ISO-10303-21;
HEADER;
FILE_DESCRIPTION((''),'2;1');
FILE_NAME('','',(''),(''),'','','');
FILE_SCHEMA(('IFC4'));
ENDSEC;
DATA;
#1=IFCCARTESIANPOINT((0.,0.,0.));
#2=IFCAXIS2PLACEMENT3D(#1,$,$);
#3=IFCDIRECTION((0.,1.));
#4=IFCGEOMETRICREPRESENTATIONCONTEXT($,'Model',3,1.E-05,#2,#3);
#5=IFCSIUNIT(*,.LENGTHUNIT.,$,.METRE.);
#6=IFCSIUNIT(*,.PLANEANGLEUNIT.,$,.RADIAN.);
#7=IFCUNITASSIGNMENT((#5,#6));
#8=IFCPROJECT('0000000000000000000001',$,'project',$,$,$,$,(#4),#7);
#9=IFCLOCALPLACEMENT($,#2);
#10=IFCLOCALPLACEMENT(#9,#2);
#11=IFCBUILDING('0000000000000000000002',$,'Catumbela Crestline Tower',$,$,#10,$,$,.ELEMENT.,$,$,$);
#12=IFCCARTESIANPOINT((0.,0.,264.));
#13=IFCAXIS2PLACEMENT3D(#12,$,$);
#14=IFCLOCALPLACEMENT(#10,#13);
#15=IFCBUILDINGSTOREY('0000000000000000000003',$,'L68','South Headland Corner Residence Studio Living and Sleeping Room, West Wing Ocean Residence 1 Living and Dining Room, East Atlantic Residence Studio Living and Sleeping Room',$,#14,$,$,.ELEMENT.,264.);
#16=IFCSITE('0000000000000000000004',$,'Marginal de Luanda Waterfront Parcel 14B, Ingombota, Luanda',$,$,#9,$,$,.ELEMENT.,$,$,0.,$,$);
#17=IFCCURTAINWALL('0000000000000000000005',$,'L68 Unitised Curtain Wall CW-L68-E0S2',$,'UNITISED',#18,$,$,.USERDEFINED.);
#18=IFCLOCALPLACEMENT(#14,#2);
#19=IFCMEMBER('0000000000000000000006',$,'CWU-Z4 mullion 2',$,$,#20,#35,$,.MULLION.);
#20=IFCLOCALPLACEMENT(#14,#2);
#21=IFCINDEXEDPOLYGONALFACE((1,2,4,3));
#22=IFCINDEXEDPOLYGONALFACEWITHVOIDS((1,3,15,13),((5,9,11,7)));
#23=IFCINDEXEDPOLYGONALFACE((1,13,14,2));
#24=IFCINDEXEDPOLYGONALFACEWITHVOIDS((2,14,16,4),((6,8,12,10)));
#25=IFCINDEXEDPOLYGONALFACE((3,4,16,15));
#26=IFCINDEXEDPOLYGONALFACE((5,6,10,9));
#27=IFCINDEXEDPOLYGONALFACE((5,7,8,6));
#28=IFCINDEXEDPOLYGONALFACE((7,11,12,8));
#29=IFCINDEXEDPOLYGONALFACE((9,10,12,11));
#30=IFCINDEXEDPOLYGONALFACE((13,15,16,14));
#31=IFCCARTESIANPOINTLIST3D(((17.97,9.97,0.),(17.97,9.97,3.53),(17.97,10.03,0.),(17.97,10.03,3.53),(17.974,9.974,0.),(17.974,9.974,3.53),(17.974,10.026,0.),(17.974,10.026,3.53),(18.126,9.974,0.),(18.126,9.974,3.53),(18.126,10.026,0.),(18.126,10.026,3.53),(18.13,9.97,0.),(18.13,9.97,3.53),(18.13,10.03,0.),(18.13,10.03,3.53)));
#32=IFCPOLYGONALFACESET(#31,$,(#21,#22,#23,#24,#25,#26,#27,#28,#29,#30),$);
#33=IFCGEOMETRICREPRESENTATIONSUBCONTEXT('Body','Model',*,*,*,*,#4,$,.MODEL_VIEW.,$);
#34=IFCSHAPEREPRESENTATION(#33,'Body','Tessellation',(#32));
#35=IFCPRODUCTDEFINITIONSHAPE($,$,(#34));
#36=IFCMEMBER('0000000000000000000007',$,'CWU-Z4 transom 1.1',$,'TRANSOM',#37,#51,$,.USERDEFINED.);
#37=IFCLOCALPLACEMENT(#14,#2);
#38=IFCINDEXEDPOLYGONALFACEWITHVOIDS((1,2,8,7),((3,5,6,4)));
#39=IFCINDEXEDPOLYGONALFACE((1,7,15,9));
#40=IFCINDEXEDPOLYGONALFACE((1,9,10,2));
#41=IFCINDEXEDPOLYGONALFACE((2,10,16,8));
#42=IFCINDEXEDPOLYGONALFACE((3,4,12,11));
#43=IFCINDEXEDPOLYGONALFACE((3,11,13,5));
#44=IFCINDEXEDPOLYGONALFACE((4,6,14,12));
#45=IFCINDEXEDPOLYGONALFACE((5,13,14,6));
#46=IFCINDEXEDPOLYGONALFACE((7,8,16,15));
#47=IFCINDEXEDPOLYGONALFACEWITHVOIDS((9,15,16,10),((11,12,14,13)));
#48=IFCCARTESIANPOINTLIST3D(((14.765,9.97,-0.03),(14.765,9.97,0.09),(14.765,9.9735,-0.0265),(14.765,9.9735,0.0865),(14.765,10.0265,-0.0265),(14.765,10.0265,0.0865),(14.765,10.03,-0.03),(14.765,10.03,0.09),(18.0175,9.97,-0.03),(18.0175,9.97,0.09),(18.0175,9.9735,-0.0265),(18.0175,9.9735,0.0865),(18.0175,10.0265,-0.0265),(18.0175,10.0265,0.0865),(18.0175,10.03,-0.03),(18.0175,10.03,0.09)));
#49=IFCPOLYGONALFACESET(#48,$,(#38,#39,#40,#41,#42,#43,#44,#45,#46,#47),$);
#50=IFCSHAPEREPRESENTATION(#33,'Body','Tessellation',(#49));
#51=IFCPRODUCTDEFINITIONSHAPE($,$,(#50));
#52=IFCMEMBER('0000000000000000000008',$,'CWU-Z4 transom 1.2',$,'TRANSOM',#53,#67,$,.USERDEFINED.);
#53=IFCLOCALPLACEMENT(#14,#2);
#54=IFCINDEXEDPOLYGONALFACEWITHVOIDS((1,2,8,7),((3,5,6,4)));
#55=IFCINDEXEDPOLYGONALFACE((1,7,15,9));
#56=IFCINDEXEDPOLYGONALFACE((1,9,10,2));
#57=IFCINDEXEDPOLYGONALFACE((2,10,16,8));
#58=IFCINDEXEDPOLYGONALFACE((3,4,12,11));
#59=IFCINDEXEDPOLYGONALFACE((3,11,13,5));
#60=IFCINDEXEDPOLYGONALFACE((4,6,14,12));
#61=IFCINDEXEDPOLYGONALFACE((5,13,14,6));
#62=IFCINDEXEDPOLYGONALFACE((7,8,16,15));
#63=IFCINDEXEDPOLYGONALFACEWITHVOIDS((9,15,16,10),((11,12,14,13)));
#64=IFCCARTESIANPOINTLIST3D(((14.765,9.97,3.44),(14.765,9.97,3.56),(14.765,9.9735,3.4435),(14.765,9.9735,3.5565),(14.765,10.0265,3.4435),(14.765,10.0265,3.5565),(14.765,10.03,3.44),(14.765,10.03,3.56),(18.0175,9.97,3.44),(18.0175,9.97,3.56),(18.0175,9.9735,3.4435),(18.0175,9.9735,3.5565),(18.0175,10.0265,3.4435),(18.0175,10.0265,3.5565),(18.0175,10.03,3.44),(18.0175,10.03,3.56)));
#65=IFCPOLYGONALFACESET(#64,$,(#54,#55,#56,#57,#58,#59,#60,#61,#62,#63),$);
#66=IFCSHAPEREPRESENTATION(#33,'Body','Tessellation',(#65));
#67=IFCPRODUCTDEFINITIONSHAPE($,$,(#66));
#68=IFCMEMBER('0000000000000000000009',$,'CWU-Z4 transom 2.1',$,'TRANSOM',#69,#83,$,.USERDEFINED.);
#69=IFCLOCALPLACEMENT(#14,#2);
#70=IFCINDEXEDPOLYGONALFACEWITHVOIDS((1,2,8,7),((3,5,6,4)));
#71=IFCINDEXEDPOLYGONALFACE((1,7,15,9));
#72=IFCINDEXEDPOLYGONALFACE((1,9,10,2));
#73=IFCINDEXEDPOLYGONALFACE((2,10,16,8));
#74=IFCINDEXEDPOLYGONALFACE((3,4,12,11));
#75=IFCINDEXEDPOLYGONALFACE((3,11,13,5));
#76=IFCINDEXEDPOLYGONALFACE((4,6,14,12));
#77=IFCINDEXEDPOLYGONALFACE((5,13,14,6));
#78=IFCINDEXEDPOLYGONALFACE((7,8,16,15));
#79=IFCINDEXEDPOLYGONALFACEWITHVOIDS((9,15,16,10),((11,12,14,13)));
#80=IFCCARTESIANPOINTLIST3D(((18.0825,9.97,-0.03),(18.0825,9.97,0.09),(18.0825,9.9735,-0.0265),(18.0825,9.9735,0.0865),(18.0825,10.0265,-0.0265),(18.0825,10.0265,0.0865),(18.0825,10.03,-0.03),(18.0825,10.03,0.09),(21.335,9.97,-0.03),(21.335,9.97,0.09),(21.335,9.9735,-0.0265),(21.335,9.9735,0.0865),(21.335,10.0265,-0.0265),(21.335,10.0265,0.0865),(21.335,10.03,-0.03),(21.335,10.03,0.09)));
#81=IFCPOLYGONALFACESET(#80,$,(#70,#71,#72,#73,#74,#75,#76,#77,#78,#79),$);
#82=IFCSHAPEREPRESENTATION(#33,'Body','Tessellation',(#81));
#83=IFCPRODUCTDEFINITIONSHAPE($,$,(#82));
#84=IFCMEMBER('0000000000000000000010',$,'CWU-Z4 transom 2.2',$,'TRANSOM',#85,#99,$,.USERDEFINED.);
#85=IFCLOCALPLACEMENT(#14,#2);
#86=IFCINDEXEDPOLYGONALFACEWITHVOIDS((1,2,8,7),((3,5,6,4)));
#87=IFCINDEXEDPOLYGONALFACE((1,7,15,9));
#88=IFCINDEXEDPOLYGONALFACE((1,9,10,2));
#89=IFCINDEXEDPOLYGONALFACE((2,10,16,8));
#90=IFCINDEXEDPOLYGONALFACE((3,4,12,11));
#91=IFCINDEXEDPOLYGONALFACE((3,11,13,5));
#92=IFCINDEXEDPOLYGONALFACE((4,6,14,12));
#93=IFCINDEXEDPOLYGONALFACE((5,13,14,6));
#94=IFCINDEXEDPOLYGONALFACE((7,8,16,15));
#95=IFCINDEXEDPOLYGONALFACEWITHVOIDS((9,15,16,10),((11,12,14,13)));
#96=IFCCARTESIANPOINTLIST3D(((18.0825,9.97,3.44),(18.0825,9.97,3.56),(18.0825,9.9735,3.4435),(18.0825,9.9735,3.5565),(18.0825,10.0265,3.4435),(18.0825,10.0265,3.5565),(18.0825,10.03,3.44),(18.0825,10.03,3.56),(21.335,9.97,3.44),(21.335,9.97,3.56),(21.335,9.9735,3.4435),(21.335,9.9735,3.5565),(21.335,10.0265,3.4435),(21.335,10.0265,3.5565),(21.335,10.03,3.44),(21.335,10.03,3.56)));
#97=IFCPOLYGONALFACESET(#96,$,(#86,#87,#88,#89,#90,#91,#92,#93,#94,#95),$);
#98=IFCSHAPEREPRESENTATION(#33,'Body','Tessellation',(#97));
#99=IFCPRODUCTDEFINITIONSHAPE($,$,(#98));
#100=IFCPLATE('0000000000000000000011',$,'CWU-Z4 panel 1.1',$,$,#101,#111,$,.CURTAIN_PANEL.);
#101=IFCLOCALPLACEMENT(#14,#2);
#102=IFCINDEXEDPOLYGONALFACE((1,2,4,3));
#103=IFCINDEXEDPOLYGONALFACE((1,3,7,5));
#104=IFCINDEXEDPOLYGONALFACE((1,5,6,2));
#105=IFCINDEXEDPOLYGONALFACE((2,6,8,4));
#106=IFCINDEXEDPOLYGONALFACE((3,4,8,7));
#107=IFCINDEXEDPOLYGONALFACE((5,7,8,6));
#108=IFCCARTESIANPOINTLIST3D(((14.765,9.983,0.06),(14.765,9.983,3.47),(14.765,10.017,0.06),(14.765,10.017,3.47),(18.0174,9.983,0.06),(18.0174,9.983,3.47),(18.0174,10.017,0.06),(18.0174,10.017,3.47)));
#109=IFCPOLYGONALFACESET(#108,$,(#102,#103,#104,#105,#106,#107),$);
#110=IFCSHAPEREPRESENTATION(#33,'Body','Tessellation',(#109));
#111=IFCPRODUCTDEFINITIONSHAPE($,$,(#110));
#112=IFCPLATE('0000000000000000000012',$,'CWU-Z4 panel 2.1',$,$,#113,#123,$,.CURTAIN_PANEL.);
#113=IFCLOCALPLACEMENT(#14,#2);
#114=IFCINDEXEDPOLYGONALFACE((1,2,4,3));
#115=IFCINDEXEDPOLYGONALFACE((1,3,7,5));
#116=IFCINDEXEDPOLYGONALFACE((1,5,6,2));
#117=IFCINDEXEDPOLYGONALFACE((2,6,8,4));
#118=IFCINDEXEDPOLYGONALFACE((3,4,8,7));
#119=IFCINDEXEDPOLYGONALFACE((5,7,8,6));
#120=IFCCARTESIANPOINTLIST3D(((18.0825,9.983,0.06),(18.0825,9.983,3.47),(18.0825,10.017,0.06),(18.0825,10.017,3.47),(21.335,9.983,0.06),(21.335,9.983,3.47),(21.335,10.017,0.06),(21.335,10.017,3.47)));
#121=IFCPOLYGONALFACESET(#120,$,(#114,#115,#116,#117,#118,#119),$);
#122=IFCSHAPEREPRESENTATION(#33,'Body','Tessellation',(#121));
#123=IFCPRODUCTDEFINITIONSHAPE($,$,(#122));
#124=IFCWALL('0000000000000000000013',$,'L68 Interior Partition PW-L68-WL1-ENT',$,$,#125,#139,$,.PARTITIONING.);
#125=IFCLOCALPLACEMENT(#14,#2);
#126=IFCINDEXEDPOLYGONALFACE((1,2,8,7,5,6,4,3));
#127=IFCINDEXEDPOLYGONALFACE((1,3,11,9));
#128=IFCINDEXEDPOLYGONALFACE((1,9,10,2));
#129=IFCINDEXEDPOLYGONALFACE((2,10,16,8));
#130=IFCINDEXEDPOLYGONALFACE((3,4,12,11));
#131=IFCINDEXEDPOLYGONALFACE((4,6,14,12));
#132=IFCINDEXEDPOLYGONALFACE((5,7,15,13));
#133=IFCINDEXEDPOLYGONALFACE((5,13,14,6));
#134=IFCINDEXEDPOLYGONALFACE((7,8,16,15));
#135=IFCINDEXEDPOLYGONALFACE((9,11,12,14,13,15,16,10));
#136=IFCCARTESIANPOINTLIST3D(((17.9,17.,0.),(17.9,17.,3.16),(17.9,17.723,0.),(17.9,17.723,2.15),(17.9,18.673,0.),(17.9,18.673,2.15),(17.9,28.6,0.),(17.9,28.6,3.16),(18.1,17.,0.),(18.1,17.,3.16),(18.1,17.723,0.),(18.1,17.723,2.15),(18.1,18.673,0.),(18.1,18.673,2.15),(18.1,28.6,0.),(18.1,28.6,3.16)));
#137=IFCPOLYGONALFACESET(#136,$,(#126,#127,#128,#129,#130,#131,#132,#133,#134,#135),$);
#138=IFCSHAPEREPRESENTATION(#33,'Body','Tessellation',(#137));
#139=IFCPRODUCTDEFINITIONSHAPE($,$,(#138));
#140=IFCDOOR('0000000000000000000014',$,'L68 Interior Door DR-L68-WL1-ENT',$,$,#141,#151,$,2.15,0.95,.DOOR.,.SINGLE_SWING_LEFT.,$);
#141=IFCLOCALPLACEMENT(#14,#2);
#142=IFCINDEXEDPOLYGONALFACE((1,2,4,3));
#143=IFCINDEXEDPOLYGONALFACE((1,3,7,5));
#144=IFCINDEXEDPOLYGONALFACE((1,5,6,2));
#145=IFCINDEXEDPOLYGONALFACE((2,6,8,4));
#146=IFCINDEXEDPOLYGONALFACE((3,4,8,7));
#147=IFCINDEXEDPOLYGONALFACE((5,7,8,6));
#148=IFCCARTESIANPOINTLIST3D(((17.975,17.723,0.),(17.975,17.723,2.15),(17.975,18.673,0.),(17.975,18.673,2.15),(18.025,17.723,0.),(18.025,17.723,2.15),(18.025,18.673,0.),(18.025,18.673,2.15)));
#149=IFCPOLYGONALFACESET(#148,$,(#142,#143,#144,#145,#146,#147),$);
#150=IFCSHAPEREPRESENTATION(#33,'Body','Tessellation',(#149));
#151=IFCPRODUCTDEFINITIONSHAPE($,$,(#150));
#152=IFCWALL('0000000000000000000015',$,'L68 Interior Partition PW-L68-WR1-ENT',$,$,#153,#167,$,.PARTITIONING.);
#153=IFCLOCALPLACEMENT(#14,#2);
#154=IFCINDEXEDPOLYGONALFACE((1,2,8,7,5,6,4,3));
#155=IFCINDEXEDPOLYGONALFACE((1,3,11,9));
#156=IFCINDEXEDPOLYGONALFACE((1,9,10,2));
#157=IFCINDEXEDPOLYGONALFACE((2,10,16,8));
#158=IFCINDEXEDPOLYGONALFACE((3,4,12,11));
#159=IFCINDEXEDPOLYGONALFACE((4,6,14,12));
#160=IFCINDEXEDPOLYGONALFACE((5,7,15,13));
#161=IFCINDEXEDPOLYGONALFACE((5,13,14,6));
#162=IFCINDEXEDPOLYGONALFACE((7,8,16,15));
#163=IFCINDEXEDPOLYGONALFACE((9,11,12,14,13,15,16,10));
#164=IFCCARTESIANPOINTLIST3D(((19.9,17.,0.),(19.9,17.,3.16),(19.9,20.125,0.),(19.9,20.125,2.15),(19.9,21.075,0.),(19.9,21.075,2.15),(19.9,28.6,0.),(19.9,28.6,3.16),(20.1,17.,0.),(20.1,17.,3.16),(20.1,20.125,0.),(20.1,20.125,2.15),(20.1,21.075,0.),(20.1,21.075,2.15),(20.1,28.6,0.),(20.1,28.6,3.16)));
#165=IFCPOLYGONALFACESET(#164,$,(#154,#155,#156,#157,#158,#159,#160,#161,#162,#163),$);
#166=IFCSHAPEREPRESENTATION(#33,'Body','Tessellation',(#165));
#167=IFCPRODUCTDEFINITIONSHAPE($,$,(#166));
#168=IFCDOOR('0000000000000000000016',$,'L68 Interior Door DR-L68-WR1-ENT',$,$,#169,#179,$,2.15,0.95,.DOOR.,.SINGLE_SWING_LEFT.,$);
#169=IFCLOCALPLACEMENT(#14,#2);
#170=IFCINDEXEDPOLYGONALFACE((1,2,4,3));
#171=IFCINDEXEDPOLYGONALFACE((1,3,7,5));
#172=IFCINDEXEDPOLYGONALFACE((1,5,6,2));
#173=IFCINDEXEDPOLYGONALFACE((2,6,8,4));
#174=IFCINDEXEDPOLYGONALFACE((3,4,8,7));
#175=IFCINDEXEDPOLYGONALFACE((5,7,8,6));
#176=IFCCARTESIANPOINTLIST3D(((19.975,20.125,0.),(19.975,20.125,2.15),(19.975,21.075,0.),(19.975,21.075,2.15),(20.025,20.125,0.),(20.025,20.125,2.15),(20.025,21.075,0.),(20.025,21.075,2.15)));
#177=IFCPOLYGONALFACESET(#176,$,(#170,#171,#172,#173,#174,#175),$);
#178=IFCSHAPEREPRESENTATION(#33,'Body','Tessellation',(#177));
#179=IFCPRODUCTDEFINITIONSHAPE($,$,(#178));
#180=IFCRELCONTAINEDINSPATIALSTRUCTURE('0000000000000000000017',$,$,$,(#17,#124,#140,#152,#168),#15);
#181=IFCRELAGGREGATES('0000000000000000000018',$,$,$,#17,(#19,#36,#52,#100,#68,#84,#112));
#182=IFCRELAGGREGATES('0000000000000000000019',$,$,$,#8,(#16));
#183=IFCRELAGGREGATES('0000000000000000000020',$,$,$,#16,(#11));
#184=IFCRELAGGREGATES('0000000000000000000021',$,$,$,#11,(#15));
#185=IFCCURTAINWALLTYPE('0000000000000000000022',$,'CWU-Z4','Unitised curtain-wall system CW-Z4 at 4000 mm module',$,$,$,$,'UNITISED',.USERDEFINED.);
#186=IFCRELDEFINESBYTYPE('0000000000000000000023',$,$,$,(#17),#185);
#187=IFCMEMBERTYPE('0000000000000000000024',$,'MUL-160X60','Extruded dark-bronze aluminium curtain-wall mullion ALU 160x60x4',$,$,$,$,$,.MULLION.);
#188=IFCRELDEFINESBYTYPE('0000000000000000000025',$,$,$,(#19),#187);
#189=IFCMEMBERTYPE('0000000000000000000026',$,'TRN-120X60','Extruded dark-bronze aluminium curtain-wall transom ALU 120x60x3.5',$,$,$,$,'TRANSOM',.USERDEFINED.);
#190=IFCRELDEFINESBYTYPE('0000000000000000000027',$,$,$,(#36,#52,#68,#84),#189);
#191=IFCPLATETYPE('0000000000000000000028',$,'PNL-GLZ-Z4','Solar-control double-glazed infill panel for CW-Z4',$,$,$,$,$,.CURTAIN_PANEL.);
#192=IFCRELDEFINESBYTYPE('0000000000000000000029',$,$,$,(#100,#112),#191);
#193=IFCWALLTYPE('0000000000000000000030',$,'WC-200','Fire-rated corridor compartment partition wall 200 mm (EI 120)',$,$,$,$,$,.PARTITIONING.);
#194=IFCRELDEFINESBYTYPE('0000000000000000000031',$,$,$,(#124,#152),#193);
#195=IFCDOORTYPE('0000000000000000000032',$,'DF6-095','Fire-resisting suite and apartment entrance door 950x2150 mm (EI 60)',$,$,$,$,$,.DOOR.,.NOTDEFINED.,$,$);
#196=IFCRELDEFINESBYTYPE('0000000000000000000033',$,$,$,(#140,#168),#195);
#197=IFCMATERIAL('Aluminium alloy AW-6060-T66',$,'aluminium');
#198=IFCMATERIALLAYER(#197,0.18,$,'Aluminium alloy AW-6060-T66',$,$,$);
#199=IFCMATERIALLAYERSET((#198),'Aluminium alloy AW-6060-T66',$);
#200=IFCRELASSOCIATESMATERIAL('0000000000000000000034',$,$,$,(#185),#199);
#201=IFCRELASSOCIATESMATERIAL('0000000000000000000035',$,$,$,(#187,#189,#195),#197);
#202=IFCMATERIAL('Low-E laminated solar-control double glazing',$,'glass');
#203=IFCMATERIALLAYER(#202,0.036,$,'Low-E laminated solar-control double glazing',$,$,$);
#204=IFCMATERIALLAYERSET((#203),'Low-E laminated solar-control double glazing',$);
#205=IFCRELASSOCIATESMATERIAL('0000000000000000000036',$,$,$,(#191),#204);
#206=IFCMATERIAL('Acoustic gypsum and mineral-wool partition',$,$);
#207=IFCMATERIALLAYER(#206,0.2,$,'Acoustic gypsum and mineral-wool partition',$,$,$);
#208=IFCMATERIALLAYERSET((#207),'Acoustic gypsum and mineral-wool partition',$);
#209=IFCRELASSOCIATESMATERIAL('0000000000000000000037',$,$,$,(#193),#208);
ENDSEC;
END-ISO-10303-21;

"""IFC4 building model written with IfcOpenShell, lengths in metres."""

from ifc_helpers import new_model, si_unit, direction, frame, frame_2d, origin, origin_2d, place, context, subcontext, project, spatial, rectangle, hollow_rectangle, extrude, material, layer, layer_set, material_profile, profile_set, type_object, element, fill, aggregate, save


model = new_model("IFC4")

# Units and contexts
model_context = context("Model", 3, precision=1e-05, world=origin(), true_north=direction((0.0, 1.0)))
body_context = subcontext(model_context, "Body", "Model", "MODEL_VIEW")
ifc_project = project(units=[si_unit("LENGTHUNIT", "METRE"), si_unit("PLANEANGLEUNIT", "RADIAN")], contexts=[model_context])

# Site, building, storey
site_placement = place(None, origin())
site = spatial("IfcSite", under=ifc_project, at=site_placement, Name="Marginal de Luanda Waterfront Parcel 14B, Ingombota, Luanda", CompositionType="ELEMENT", RefElevation=0.0)
building_placement = place(site_placement, origin())
building = spatial("IfcBuilding", under=site, at=building_placement, Name="Catumbela Crestline Tower", CompositionType="ELEMENT")
storey_placement = place(building_placement, frame((0.0, 0.0, 264.0)))
storey = spatial("IfcBuildingStorey", under=building, at=storey_placement, Name="L68", Description="South Headland Corner Residence Studio Living and Sleeping Room, West Wing Ocean Residence 1 Living and Dining Room, East Atlantic Residence Studio Living and Sleeping Room", CompositionType="ELEMENT", Elevation=264.0)

# Curtain wall, members, plates
ifc_material_1 = material(Name="Aluminium alloy AW-6060-T66", Category="aluminium")
ifc_layer_1 = layer(ifc_material_1, 0.18, Name="Aluminium alloy AW-6060-T66")
ifc_layer_set_1 = layer_set([ifc_layer_1], Name="Aluminium alloy AW-6060-T66")
curtain_wall_type = type_object("IfcCurtainWallType", Name="CWU-Z4", Description="Unitised curtain-wall system CW-Z4 at 4000 mm module", ElementType="UNITISED", PredefinedType="USERDEFINED", material=ifc_layer_set_1)
curtain_wall_placement = place(storey_placement, origin())
curtain_wall = element("IfcCurtainWall", 1, at=curtain_wall_placement, inside=storey, type_object=curtain_wall_type, Name="L68 Unitised Curtain Wall CW-L68-E0S2", ObjectType="UNITISED", PredefinedType="USERDEFINED")
ifc_material_profile_1 = material_profile(ifc_material_1, hollow_rectangle(XDim=0.06, YDim=0.16, WallThickness=0.004, at=origin_2d()), Name="ALU 160x60x4")
ifc_profile_set_1 = profile_set([ifc_material_profile_1], Name="Aluminium alloy AW-6060-T66")
member_type_1 = type_object("IfcMemberType", Name="MUL-160X60", Description="Extruded dark-bronze aluminium curtain-wall mullion ALU 160x60x4", PredefinedType="MULLION", material=ifc_profile_set_1)
member_1_placement = place(storey_placement, frame((18.05, 10.0, 0.0), z_axis=(0.0, 0.0, 1.0), x_axis=(0.0, 1.0, 0.0)))
member_1 = element("IfcMember", 2, at=member_1_placement, type_object=member_type_1, Name="CWU-Z4 mullion 2", PredefinedType="MULLION", context=body_context, shape_type="SweptSolid", body=[
    extrude(hollow_rectangle(XDim=0.06, YDim=0.16, WallThickness=0.004, at=origin_2d()), origin(), (0.0, 0.0, 1.0), 3.53),
])
ifc_material_profile_2 = material_profile(ifc_material_1, hollow_rectangle(XDim=0.06, YDim=0.12, WallThickness=0.0035, at=origin_2d()), Name="ALU 120x60x3.5")
ifc_profile_set_2 = profile_set([ifc_material_profile_2], Name="Aluminium alloy AW-6060-T66")
member_type_2 = type_object("IfcMemberType", Name="TRN-120X60", Description="Extruded dark-bronze aluminium curtain-wall transom ALU 120x60x3.5", ElementType="TRANSOM", PredefinedType="USERDEFINED", material=ifc_profile_set_2)
member_2_placement = place(storey_placement, frame((14.765, 10.0, 0.03), z_axis=(1.0, 0.0, 0.0), x_axis=(0.0, 1.0, 0.0)))
member_2 = element("IfcMember", 3, at=member_2_placement, type_object=member_type_2, Name="CWU-Z4 transom 1.1", ObjectType="TRANSOM", PredefinedType="USERDEFINED", context=body_context, shape_type="SweptSolid", body=[
    extrude(hollow_rectangle(XDim=0.06, YDim=0.12, WallThickness=0.0035, at=origin_2d()), origin(), (0.0, 0.0, 1.0), 3.2525),
])
member_3_placement = place(storey_placement, frame((14.765, 10.0, 3.5), z_axis=(1.0, 0.0, 0.0), x_axis=(0.0, 1.0, 0.0)))
member_3 = element("IfcMember", 4, at=member_3_placement, type_object=member_type_2, Name="CWU-Z4 transom 1.2", ObjectType="TRANSOM", PredefinedType="USERDEFINED", context=body_context, shape_type="SweptSolid", body=[
    extrude(hollow_rectangle(XDim=0.06, YDim=0.12, WallThickness=0.0035, at=origin_2d()), origin(), (0.0, 0.0, 1.0), 3.2525),
])
member_4_placement = place(storey_placement, frame((18.0825, 10.0, 0.03), z_axis=(1.0, 0.0, 0.0), x_axis=(0.0, 1.0, 0.0)))
member_4 = element("IfcMember", 5, at=member_4_placement, type_object=member_type_2, Name="CWU-Z4 transom 2.1", ObjectType="TRANSOM", PredefinedType="USERDEFINED", context=body_context, shape_type="SweptSolid", body=[
    extrude(hollow_rectangle(XDim=0.06, YDim=0.12, WallThickness=0.0035, at=origin_2d()), origin(), (0.0, 0.0, 1.0), 3.2525),
])
member_5_placement = place(storey_placement, frame((18.0825, 10.0, 3.5), z_axis=(1.0, 0.0, 0.0), x_axis=(0.0, 1.0, 0.0)))
member_5 = element("IfcMember", 6, at=member_5_placement, type_object=member_type_2, Name="CWU-Z4 transom 2.2", ObjectType="TRANSOM", PredefinedType="USERDEFINED", context=body_context, shape_type="SweptSolid", body=[
    extrude(hollow_rectangle(XDim=0.06, YDim=0.12, WallThickness=0.0035, at=origin_2d()), origin(), (0.0, 0.0, 1.0), 3.2525),
])
ifc_material_2 = material(Name="Low-E laminated solar-control double glazing", Category="glass")
ifc_layer_2 = layer(ifc_material_2, 0.036, Name="Low-E laminated solar-control double glazing")
ifc_layer_set_2 = layer_set([ifc_layer_2], Name="Low-E laminated solar-control double glazing")
plate_type = type_object("IfcPlateType", Name="PNL-GLZ-Z4", Description="Solar-control double-glazed infill panel for CW-Z4", PredefinedType="CURTAIN_PANEL", material=ifc_layer_set_2)
plate_1_placement = place(storey_placement, frame((16.3912, 10.0, 0.06), z_axis=(0.0, 0.0, 1.0), x_axis=(1.0, 0.0, 0.0)))
plate_1 = element("IfcPlate", 7, at=plate_1_placement, type_object=plate_type, Name="CWU-Z4 panel 1.1", PredefinedType="CURTAIN_PANEL", context=body_context, shape_type="SweptSolid", body=[
    extrude(rectangle(XDim=3.2525, YDim=0.034, at=origin_2d()), origin(), (0.0, 0.0, 1.0), 3.41),
])
plate_2_placement = place(storey_placement, frame((19.7087, 10.0, 0.06), z_axis=(0.0, 0.0, 1.0), x_axis=(1.0, 0.0, 0.0)))
plate_2 = element("IfcPlate", 8, at=plate_2_placement, type_object=plate_type, Name="CWU-Z4 panel 2.1", PredefinedType="CURTAIN_PANEL", context=body_context, shape_type="SweptSolid", body=[
    extrude(rectangle(XDim=3.2525, YDim=0.034, at=origin_2d()), origin(), (0.0, 0.0, 1.0), 3.41),
])
aggregate(curtain_wall, [member_1, member_2, member_3, plate_1, member_4, member_5, plate_2])

# Walls, openings, doors
ifc_material_3 = material(Name="Acoustic gypsum and mineral-wool partition")
ifc_layer_3 = layer(ifc_material_3, 0.2, Name="Acoustic gypsum and mineral-wool partition")
ifc_layer_set_3 = layer_set([ifc_layer_3], Name="Acoustic gypsum and mineral-wool partition")
wall_type_1 = type_object("IfcWallType", Name="WC-200", Description="Fire-rated corridor compartment partition wall 200 mm (EI 120)", PredefinedType="PARTITIONING", material=ifc_layer_set_3)
wall_1_placement = place(storey_placement, frame((18.0, 17.0, 0.0), z_axis=(0.0, 0.0, 1.0), x_axis=(0.0, 1.0, 0.0)))
wall_1 = element("IfcWall", 9, at=wall_1_placement, inside=storey, type_object=wall_type_1, Name="L68 Interior Partition PW-L68-WL1-ENT", PredefinedType="PARTITIONING", context=body_context, shape_type="SweptSolid", body=[
    extrude(rectangle(XDim=11.6, YDim=0.2, at=frame_2d((5.8, 0.0))), origin(), (0.0, 0.0, 1.0), 3.16),
])
opening_1_placement = place(wall_1_placement, frame((0.723, 0.0, 0.0)))
opening_1 = element("IfcOpeningElement", 10, at=opening_1_placement, cuts=wall_1, PredefinedType="OPENING", context=body_context, shape_type="SweptSolid", body=[
    extrude(rectangle(XDim=0.95, YDim=2.15, at=frame_2d((0.475, 1.075))), frame((0.0, 0.11, 0.0), z_axis=(0.0, -1.0, 0.0), x_axis=(1.0, 0.0, 0.0)), (0.0, 0.0, 1.0), 0.22),
])
door_type_1 = type_object("IfcDoorType", Name="DF6-095", Description="Fire-resisting suite and apartment entrance door 950x2150 mm (EI 60)", OperationType="NOTDEFINED", PredefinedType="DOOR", material=ifc_material_1)
door_1_placement = place(opening_1_placement, origin())
door_1 = element("IfcDoor", 11, at=door_1_placement, inside=storey, type_object=door_type_1, Name="L68 Interior Door DR-L68-WL1-ENT", OperationType="SINGLE_SWING_LEFT", OverallHeight=2.15, OverallWidth=0.95, PredefinedType="DOOR", context=body_context, shape_type="SweptSolid", body=[
    extrude(rectangle(XDim=0.95, YDim=2.15, at=frame_2d((0.475, 1.075))), frame((0.0, 0.025, 0.0), z_axis=(0.0, -1.0, 0.0), x_axis=(1.0, 0.0, 0.0)), (0.0, 0.0, 1.0), 0.05),
])
fill(opening_1, door_1)
wall_2_placement = place(storey_placement, frame((20.0, 17.0, 0.0), z_axis=(0.0, 0.0, 1.0), x_axis=(0.0, 1.0, 0.0)))
wall_2 = element("IfcWall", 12, at=wall_2_placement, inside=storey, type_object=wall_type_1, Name="L68 Interior Partition PW-L68-WR1-ENT", PredefinedType="PARTITIONING", context=body_context, shape_type="SweptSolid", body=[
    extrude(rectangle(XDim=11.6, YDim=0.2, at=frame_2d((5.8, 0.0))), origin(), (0.0, 0.0, 1.0), 3.16),
])
opening_2_placement = place(wall_2_placement, frame((3.125, 0.0, 0.0)))
opening_2 = element("IfcOpeningElement", 13, at=opening_2_placement, cuts=wall_2, PredefinedType="OPENING", context=body_context, shape_type="SweptSolid", body=[
    extrude(rectangle(XDim=0.95, YDim=2.15, at=frame_2d((0.475, 1.075))), frame((0.0, 0.11, 0.0), z_axis=(0.0, -1.0, 0.0), x_axis=(1.0, 0.0, 0.0)), (0.0, 0.0, 1.0), 0.22),
])
door_2_placement = place(opening_2_placement, origin())
door_2 = element("IfcDoor", 14, at=door_2_placement, inside=storey, type_object=door_type_1, Name="L68 Interior Door DR-L68-WR1-ENT", OperationType="SINGLE_SWING_LEFT", OverallHeight=2.15, OverallWidth=0.95, PredefinedType="DOOR", context=body_context, shape_type="SweptSolid", body=[
    extrude(rectangle(XDim=0.95, YDim=2.15, at=frame_2d((0.475, 1.075))), frame((0.0, 0.025, 0.0), z_axis=(0.0, -1.0, 0.0), x_axis=(1.0, 0.0, 0.0)), (0.0, 0.0, 1.0), 0.05),
])
fill(opening_2, door_2)

save(model, "model.ifc")
